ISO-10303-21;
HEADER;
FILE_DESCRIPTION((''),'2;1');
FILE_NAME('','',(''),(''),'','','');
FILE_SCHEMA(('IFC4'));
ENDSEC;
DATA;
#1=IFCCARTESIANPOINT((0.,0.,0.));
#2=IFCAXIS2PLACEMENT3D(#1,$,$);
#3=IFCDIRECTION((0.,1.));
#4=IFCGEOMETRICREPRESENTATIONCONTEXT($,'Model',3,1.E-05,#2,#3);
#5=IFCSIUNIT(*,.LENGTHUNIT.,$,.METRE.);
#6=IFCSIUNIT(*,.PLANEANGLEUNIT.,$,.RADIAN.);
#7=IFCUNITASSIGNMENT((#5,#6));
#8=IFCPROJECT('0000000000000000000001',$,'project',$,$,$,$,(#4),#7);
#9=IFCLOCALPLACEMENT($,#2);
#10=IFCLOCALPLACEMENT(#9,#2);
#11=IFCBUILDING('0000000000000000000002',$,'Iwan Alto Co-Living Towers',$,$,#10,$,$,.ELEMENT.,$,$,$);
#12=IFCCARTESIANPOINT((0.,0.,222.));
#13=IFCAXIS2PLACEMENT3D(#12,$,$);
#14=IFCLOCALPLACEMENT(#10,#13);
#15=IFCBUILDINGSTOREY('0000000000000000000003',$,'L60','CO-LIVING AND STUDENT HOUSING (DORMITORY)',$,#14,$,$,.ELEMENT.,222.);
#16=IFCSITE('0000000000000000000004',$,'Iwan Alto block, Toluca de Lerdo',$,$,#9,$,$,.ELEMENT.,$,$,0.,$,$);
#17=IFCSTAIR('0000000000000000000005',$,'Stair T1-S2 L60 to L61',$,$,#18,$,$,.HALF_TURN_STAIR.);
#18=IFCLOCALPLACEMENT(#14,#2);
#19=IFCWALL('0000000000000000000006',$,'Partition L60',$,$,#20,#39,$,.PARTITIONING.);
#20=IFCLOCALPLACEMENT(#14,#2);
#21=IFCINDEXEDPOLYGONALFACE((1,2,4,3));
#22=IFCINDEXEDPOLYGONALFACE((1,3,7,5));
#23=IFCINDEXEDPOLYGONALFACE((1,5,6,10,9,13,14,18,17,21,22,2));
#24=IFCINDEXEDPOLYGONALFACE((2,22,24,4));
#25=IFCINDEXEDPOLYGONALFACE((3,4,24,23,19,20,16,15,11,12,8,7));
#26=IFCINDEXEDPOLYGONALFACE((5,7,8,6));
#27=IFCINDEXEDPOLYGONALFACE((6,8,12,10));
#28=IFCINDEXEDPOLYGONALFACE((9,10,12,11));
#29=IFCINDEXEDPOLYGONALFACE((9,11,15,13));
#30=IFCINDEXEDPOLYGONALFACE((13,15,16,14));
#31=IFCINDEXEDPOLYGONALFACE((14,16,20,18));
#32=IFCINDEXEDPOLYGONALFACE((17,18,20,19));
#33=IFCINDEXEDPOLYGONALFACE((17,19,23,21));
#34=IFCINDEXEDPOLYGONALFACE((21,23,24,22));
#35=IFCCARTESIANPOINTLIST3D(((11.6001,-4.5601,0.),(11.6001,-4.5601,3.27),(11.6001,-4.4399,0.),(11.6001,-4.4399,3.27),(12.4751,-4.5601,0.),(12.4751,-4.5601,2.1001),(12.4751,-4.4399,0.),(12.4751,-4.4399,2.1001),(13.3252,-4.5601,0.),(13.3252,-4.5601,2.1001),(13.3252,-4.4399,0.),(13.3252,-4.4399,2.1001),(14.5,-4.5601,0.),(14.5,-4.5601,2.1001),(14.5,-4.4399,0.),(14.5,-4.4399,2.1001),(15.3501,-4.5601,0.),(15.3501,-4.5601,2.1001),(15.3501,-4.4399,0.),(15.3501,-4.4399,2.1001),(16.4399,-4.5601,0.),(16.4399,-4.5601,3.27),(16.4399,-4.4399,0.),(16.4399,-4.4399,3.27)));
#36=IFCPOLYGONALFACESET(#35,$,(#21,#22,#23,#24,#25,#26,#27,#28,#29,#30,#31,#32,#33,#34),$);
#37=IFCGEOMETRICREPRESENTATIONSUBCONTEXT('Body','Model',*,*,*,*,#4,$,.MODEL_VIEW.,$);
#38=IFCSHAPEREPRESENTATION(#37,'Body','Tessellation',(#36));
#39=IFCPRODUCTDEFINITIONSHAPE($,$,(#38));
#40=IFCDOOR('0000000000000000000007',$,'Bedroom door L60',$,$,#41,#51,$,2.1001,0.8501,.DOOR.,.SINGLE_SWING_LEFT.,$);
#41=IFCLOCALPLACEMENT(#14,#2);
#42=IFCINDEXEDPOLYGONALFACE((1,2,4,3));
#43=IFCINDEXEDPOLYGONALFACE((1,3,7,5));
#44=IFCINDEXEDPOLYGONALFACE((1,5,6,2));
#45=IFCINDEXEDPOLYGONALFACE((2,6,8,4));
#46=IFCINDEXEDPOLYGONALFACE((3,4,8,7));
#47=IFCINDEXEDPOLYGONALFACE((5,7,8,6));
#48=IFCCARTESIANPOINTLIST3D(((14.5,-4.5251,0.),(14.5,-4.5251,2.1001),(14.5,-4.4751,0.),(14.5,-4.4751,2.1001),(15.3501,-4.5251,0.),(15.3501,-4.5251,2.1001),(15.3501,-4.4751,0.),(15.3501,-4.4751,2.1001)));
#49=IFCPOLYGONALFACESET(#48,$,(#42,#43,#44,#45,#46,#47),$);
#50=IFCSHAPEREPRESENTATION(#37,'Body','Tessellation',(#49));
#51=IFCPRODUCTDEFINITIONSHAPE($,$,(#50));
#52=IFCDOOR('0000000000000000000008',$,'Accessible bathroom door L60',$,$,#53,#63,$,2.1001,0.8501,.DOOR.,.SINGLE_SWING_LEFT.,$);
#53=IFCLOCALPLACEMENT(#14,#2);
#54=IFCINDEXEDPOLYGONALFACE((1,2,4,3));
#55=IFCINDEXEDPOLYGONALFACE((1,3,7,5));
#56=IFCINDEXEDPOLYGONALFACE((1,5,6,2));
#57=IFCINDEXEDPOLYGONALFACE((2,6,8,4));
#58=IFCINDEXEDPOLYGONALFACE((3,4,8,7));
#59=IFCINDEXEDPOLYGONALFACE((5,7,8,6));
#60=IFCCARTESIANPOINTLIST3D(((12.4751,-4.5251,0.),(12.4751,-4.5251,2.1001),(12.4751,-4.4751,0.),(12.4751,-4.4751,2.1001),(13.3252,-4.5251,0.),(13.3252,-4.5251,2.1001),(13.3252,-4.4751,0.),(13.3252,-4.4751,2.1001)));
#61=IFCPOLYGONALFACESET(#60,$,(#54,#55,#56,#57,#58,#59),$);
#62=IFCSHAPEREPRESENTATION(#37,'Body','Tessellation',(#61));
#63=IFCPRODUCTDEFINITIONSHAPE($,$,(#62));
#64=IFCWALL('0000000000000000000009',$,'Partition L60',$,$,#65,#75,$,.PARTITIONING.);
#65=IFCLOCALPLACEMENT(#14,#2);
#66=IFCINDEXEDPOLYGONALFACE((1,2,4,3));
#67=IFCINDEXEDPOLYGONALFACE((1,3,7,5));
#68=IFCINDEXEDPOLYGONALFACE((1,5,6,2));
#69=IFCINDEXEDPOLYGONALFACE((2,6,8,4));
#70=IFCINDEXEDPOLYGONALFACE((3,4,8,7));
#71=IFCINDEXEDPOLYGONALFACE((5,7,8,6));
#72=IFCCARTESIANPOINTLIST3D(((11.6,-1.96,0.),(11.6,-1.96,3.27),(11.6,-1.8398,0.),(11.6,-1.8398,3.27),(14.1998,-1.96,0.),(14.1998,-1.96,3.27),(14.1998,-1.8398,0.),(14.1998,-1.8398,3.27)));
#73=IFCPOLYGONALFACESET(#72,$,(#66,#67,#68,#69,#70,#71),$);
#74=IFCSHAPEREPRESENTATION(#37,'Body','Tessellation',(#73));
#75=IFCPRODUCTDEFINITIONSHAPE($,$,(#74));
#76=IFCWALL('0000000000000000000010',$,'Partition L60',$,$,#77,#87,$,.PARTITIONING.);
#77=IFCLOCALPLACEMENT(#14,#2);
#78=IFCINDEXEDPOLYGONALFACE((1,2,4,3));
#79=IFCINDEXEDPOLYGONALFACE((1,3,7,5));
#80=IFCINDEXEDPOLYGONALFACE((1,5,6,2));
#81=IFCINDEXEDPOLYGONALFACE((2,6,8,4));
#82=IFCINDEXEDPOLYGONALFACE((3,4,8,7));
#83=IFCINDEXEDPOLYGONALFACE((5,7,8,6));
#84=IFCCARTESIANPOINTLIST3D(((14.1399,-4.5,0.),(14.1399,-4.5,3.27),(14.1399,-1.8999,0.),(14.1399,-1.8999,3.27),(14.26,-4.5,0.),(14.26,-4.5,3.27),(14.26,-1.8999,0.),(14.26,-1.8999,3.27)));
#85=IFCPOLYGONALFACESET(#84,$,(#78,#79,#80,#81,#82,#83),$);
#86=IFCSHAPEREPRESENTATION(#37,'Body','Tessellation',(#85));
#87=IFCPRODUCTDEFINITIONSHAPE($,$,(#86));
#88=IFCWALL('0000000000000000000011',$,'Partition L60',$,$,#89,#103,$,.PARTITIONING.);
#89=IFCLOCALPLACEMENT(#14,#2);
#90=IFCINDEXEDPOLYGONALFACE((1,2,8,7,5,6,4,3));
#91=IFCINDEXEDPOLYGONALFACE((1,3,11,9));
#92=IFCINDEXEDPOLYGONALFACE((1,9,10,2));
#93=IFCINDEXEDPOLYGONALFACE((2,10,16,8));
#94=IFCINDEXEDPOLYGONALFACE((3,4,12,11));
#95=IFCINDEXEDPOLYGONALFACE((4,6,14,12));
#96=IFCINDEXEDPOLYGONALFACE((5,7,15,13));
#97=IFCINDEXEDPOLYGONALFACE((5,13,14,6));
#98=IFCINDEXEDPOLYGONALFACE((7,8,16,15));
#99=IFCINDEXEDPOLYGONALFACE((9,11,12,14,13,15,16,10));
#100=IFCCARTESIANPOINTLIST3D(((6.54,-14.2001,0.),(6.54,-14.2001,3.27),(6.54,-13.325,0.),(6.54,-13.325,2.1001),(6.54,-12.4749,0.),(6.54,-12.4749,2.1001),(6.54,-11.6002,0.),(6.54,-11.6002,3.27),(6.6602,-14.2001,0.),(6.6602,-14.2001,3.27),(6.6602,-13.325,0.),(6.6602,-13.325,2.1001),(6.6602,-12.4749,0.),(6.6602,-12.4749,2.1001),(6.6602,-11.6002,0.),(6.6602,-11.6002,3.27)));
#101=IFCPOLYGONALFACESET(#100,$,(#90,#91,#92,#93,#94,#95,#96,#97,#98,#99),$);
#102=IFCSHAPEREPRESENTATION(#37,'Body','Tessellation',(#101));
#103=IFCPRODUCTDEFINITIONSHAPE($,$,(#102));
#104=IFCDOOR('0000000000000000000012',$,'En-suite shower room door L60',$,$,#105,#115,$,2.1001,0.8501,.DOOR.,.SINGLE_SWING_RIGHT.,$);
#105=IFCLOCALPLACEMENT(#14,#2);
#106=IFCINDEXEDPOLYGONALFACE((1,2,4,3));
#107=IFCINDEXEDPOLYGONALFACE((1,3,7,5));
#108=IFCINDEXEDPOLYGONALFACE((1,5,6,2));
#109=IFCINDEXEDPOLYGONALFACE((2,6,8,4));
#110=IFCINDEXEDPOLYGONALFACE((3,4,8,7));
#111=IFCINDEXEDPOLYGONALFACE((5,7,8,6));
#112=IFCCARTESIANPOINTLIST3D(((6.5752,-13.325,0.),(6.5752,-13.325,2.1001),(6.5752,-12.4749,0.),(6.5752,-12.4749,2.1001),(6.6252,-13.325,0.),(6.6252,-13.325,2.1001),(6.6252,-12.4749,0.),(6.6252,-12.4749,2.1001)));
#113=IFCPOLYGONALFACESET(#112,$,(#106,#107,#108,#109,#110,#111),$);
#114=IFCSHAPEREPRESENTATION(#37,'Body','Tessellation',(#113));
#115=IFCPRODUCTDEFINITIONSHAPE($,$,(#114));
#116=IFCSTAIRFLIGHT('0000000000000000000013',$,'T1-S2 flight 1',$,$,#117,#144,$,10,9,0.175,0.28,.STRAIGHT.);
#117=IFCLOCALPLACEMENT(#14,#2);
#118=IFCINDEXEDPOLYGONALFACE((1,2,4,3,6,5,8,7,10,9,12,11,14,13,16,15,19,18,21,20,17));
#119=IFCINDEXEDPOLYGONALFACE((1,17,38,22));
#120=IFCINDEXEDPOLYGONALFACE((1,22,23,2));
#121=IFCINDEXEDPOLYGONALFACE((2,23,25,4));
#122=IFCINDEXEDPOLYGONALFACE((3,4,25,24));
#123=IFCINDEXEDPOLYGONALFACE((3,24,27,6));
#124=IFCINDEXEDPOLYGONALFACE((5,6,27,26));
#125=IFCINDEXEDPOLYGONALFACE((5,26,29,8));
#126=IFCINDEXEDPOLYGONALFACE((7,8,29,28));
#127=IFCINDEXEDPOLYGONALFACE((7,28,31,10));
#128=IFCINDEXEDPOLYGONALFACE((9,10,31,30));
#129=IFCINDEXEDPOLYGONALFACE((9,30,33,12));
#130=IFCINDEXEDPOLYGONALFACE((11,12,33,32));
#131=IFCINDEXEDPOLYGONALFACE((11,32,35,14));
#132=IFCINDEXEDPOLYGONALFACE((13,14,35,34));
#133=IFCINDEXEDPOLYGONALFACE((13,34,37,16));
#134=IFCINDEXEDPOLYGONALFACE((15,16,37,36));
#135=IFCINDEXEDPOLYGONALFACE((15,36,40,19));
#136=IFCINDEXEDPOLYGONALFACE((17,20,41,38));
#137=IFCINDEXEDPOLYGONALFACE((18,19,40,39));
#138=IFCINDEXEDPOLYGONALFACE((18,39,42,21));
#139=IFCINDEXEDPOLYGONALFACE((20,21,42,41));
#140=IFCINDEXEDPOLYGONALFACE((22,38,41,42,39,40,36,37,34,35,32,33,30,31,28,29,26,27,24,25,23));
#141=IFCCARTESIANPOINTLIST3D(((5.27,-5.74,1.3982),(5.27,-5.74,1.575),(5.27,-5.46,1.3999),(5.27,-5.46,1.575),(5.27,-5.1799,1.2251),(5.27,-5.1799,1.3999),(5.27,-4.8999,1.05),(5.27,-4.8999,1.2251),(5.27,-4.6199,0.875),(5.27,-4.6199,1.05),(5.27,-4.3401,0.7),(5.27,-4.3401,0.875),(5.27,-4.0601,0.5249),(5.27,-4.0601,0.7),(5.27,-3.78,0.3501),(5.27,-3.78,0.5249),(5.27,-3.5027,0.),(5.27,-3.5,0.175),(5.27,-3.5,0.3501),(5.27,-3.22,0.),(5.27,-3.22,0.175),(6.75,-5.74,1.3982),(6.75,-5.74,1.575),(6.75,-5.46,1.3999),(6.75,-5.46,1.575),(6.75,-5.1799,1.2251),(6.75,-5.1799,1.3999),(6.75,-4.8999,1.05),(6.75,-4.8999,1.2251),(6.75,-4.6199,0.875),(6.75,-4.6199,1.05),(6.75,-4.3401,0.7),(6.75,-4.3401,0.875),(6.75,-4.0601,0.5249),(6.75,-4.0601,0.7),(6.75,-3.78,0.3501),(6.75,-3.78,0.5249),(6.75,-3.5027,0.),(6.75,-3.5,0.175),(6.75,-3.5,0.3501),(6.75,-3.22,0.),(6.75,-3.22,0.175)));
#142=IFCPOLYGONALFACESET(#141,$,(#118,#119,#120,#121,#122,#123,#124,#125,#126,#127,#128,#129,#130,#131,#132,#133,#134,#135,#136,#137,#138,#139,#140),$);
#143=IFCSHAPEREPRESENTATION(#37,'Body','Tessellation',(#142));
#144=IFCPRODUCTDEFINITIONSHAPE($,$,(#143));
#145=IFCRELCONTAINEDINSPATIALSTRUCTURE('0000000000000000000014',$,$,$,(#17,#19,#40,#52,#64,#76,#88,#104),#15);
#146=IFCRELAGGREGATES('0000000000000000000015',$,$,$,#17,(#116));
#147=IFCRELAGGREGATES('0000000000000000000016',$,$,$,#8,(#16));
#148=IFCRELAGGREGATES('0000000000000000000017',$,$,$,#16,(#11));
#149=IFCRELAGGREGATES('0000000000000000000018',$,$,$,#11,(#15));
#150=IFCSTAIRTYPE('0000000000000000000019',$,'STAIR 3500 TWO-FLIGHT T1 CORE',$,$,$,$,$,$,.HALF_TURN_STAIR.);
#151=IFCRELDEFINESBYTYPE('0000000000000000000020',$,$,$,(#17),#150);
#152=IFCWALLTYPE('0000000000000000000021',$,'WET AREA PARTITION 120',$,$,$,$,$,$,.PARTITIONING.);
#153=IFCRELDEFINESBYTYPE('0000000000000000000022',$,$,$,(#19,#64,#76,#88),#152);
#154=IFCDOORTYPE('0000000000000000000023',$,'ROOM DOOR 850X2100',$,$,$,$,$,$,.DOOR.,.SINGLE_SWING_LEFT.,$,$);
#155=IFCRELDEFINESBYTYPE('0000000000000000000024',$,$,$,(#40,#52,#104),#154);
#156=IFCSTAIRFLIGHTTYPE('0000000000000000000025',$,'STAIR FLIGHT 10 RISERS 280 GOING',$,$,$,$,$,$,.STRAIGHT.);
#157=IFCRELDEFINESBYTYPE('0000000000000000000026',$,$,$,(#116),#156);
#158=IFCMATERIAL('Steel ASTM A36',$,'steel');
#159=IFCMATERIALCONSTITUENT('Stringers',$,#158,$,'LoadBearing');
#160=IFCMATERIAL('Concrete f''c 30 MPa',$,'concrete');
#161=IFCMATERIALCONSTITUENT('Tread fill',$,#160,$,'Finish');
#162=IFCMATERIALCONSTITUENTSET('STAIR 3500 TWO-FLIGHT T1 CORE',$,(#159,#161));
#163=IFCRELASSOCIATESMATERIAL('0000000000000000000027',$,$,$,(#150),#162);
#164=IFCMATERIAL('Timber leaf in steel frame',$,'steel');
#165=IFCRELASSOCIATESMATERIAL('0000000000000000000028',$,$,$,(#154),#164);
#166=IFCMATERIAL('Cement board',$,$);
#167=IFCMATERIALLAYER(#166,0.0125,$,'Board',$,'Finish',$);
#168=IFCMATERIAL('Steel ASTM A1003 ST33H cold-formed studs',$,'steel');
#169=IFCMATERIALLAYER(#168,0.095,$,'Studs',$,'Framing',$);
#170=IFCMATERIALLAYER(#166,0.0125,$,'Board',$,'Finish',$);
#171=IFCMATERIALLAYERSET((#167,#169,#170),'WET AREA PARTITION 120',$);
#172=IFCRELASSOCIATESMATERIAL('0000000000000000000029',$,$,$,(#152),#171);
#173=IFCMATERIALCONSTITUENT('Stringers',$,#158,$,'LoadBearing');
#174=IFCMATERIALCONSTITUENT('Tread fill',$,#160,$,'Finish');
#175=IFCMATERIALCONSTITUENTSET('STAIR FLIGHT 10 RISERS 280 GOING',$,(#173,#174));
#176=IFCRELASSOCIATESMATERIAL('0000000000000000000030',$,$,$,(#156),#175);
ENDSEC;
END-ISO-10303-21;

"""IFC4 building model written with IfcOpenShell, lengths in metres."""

from ifc_helpers import new_model, si_unit, direction, frame, frame_2d, origin, place, context, subcontext, project, spatial, polyline, rectangle, outline, extrude, material, layer, layer_set, constituent, constituent_set, type_object, element, fill, aggregate, save


model = new_model("IFC4")

# Units and contexts
model_context = context("Model", 3, precision=1e-05, world=origin(), true_north=direction((0.0, 1.0)))
body_context = subcontext(model_context, "Body", "Model", "MODEL_VIEW")
ifc_project = project(units=[si_unit("LENGTHUNIT", "METRE"), si_unit("PLANEANGLEUNIT", "RADIAN")], contexts=[model_context])

# Site, building, storey
site_placement = place(None, origin())
site = spatial("IfcSite", under=ifc_project, at=site_placement, Name="Iwan Alto block, Toluca de Lerdo", CompositionType="ELEMENT", RefElevation=0.0)
building_placement = place(site_placement, origin())
building = spatial("IfcBuilding", under=site, at=building_placement, Name="Iwan Alto Co-Living Towers", CompositionType="ELEMENT")
storey_placement = place(building_placement, frame((0.0, 0.0, 222.0)))
storey = spatial("IfcBuildingStorey", under=building, at=storey_placement, Name="L60", Description="CO-LIVING AND STUDENT HOUSING (DORMITORY)", CompositionType="ELEMENT", Elevation=222.0)

# Stair
ifc_material_1 = material(Name="Steel ASTM A36", Category="steel")
ifc_constituent_1 = constituent(ifc_material_1, Name="Stringers", Category="LoadBearing")
ifc_material_2 = material(Name="Concrete f'c 30 MPa", Category="concrete")
ifc_constituent_2 = constituent(ifc_material_2, Name="Tread fill", Category="Finish")
ifc_constituent_set_1 = constituent_set(constituents=[ifc_constituent_1, ifc_constituent_2], Name="STAIR 3500 TWO-FLIGHT T1 CORE")
stair_type = type_object("IfcStairType", Name="STAIR 3500 TWO-FLIGHT T1 CORE", PredefinedType="HALF_TURN_STAIR", material=ifc_constituent_set_1)
stair_1_placement = place(storey_placement, origin())
stair_1 = element("IfcStair", 1, at=stair_1_placement, inside=storey, type_object=stair_type, Name="Stair T1-S2 L60 to L61", PredefinedType="HALF_TURN_STAIR")

# Shared definitions
ifc_material_3 = material(Name="Steel ASTM A1003 ST33H cold-formed studs", Category="steel")

# Shared definitions
ifc_material_4 = material(Name="Timber leaf in steel frame", Category="steel")
door_type_1 = type_object("IfcDoorType", Name="ROOM DOOR 850X2100", OperationType="SINGLE_SWING_LEFT", PredefinedType="DOOR", material=ifc_material_4)

# Wall, openings, doors
ifc_material_5 = material(Name="Cement board")
ifc_layer_1 = layer(ifc_material_5, 0.0125, Name="Board", Category="Finish")
ifc_layer_2 = layer(ifc_material_3, 0.095, Name="Studs", Category="Framing")
ifc_layer_3 = layer(ifc_material_5, 0.0125, Name="Board", Category="Finish")
ifc_layer_set_1 = layer_set([ifc_layer_1, ifc_layer_2, ifc_layer_3], Name="WET AREA PARTITION 120")
wall_type_1 = type_object("IfcWallType", Name="WET AREA PARTITION 120", PredefinedType="PARTITIONING", material=ifc_layer_set_1)
wall_1_placement = place(storey_placement, frame((11.6001, -4.5, 0.0), z_axis=(0.0, 0.0, 1.0), x_axis=(1.0, 0.0, 0.0)))
wall_1 = element("IfcWall", 2, at=wall_1_placement, inside=storey, type_object=wall_type_1, Name="Partition L60", PredefinedType="PARTITIONING", context=body_context, shape_type="SweptSolid", body=[
    extrude(rectangle(XDim=4.8398, YDim=0.1201, at=frame_2d((2.4199, 0.0))), origin(), (0.0, 0.0, 1.0), 3.27),
])
opening_1_placement = place(wall_1_placement, frame((2.8999, 0.0, 0.0)))
opening_1 = element("IfcOpeningElement", 3, at=opening_1_placement, cuts=wall_1, PredefinedType="OPENING", context=body_context, shape_type="SweptSolid", body=[
    extrude(rectangle(XDim=0.8501, YDim=2.1001, at=frame_2d((0.425, 1.05))), frame((0.0, 0.0701, 0.0), z_axis=(0.0, -1.0, 0.0), x_axis=(1.0, 0.0, 0.0)), (0.0, 0.0, 1.0), 0.1401),
])
opening_2_placement = place(wall_1_placement, frame((0.875, 0.0, 0.0)))
opening_2 = element("IfcOpeningElement", 4, at=opening_2_placement, cuts=wall_1, PredefinedType="OPENING", context=body_context, shape_type="SweptSolid", body=[
    extrude(rectangle(XDim=0.8501, YDim=2.1001, at=frame_2d((0.425, 1.05))), frame((0.0, 0.0701, 0.0), z_axis=(0.0, -1.0, 0.0), x_axis=(1.0, 0.0, 0.0)), (0.0, 0.0, 1.0), 0.1401),
])
door_1_placement = place(opening_1_placement, origin())
door_1 = element("IfcDoor", 5, at=door_1_placement, inside=storey, type_object=door_type_1, Name="Bedroom door L60", OperationType="SINGLE_SWING_LEFT", OverallHeight=2.1001, OverallWidth=0.8501, PredefinedType="DOOR", context=body_context, shape_type="SweptSolid", body=[
    extrude(rectangle(XDim=0.8501, YDim=2.1001, at=frame_2d((0.425, 1.05))), frame((0.0, 0.0249, 0.0), z_axis=(0.0, -1.0, 0.0), x_axis=(1.0, 0.0, 0.0)), (0.0, 0.0, 1.0), 0.05),
])
fill(opening_1, door_1)
door_2_placement = place(opening_2_placement, origin())
door_2 = element("IfcDoor", 6, at=door_2_placement, inside=storey, type_object=door_type_1, Name="Accessible bathroom door L60", OperationType="SINGLE_SWING_LEFT", OverallHeight=2.1001, OverallWidth=0.8501, PredefinedType="DOOR", context=body_context, shape_type="SweptSolid", body=[
    extrude(rectangle(XDim=0.8501, YDim=2.1001, at=frame_2d((0.425, 1.05))), frame((0.0, 0.0249, 0.0), z_axis=(0.0, -1.0, 0.0), x_axis=(1.0, 0.0, 0.0)), (0.0, 0.0, 1.0), 0.05),
])
fill(opening_2, door_2)

# Walls
wall_2_placement = place(storey_placement, frame((11.6001, -1.8999, 0.0), z_axis=(0.0, 0.0, 1.0), x_axis=(1.0, 0.0, 0.0)))
element("IfcWall", 7, at=wall_2_placement, inside=storey, type_object=wall_type_1, Name="Partition L60", PredefinedType="PARTITIONING", context=body_context, shape_type="SweptSolid", body=[
    extrude(rectangle(XDim=2.5999, YDim=0.1201, at=frame_2d((1.2998, 0.0))), origin(), (0.0, 0.0, 1.0), 3.27),
])
wall_3_placement = place(storey_placement, frame((14.2, -4.5, 0.0), z_axis=(0.0, 0.0, 1.0), x_axis=(0.0, 1.0, 0.0)))
element("IfcWall", 8, at=wall_3_placement, inside=storey, type_object=wall_type_1, Name="Partition L60", PredefinedType="PARTITIONING", context=body_context, shape_type="SweptSolid", body=[
    extrude(rectangle(XDim=2.6001, YDim=0.1201, at=frame_2d((1.3, 0.0))), origin(), (0.0, 0.0, 1.0), 3.27),
])

# Wall, opening, door
wall_4_placement = place(storey_placement, frame((6.6001, -14.2, 0.0), z_axis=(0.0, 0.0, 1.0), x_axis=(0.0, 1.0, 0.0)))
wall_4 = element("IfcWall", 9, at=wall_4_placement, inside=storey, type_object=wall_type_1, Name="Partition L60", PredefinedType="PARTITIONING", context=body_context, shape_type="SweptSolid", body=[
    extrude(rectangle(XDim=2.5999, YDim=0.1201, at=frame_2d((1.2998, 0.0))), origin(), (0.0, 0.0, 1.0), 3.27),
])
opening_3_placement = place(wall_4_placement, frame((0.875, 0.0, 0.0)))
opening_3 = element("IfcOpeningElement", 10, at=opening_3_placement, cuts=wall_4, PredefinedType="OPENING", context=body_context, shape_type="SweptSolid", body=[
    extrude(rectangle(XDim=0.8501, YDim=2.1001, at=frame_2d((0.425, 1.05))), frame((0.0, 0.0701, 0.0), z_axis=(0.0, -1.0, 0.0), x_axis=(1.0, 0.0, 0.0)), (0.0, 0.0, 1.0), 0.1401),
])
door_3_placement = place(opening_3_placement, origin())
door_3 = element("IfcDoor", 11, at=door_3_placement, inside=storey, type_object=door_type_1, Name="En-suite shower room door L60", OperationType="SINGLE_SWING_RIGHT", OverallHeight=2.1001, OverallWidth=0.8501, PredefinedType="DOOR", context=body_context, shape_type="SweptSolid", body=[
    extrude(rectangle(XDim=0.8501, YDim=2.1001, at=frame_2d((0.425, 1.05))), frame((0.0, 0.0249, 0.0), z_axis=(0.0, -1.0, 0.0), x_axis=(1.0, 0.0, 0.0)), (0.0, 0.0, 1.0), 0.05),
])
fill(opening_3, door_3)

# Stair flight
ifc_constituent_3 = constituent(ifc_material_1, Name="Stringers", Category="LoadBearing")
ifc_constituent_4 = constituent(ifc_material_2, Name="Tread fill", Category="Finish")
ifc_constituent_set_2 = constituent_set(constituents=[ifc_constituent_3, ifc_constituent_4], Name="STAIR FLIGHT 10 RISERS 280 GOING")
stair_flight_type = type_object("IfcStairFlightType", Name="STAIR FLIGHT 10 RISERS 280 GOING", PredefinedType="STRAIGHT", material=ifc_constituent_set_2)
stair_flight_1_placement = place(storey_placement, frame((6.01, -3.22, 0.0), z_axis=(0.0, 0.0, 1.0), x_axis=(0.0, -1.0, 0.0)))
stair_flight_1 = element("IfcStairFlight", 12, at=stair_flight_1_placement, type_object=stair_flight_type, Name="T1-S2 flight 1", NumberOfRisers=10, NumberOfTreads=9, PredefinedType="STRAIGHT", RiserHeight=0.175, TreadLength=0.28, context=body_context, shape_type="SweptSolid", body=[
    extrude(outline(polyline([(0.0, 0.0), (0.0, 0.175), (0.28, 0.175), (0.28, 0.3501), (0.5601, 0.3501), (0.5601, 0.5249), (0.8401, 0.5249), (0.8401, 0.7), (1.1201, 0.7), (1.1201, 0.875), (1.3999, 0.875), (1.3999, 1.05), (1.6799, 1.05), (1.6799, 1.2251), (1.96, 1.2251), (1.96, 1.3999), (2.24, 1.3999), (2.24, 1.575), (2.52, 1.575), (2.52, 1.75), (2.52, 1.3982), (0.2827, 0.0), (0.0, 0.0)])), frame((0.0, 0.74, 0.0), z_axis=(0.0, -1.0, 0.0), x_axis=(1.0, 0.0, 0.0)), (0.0, 0.0, 1.0), 1.48),
])
aggregate(stair_1, [stair_flight_1])

save(model, "model.ifc")
